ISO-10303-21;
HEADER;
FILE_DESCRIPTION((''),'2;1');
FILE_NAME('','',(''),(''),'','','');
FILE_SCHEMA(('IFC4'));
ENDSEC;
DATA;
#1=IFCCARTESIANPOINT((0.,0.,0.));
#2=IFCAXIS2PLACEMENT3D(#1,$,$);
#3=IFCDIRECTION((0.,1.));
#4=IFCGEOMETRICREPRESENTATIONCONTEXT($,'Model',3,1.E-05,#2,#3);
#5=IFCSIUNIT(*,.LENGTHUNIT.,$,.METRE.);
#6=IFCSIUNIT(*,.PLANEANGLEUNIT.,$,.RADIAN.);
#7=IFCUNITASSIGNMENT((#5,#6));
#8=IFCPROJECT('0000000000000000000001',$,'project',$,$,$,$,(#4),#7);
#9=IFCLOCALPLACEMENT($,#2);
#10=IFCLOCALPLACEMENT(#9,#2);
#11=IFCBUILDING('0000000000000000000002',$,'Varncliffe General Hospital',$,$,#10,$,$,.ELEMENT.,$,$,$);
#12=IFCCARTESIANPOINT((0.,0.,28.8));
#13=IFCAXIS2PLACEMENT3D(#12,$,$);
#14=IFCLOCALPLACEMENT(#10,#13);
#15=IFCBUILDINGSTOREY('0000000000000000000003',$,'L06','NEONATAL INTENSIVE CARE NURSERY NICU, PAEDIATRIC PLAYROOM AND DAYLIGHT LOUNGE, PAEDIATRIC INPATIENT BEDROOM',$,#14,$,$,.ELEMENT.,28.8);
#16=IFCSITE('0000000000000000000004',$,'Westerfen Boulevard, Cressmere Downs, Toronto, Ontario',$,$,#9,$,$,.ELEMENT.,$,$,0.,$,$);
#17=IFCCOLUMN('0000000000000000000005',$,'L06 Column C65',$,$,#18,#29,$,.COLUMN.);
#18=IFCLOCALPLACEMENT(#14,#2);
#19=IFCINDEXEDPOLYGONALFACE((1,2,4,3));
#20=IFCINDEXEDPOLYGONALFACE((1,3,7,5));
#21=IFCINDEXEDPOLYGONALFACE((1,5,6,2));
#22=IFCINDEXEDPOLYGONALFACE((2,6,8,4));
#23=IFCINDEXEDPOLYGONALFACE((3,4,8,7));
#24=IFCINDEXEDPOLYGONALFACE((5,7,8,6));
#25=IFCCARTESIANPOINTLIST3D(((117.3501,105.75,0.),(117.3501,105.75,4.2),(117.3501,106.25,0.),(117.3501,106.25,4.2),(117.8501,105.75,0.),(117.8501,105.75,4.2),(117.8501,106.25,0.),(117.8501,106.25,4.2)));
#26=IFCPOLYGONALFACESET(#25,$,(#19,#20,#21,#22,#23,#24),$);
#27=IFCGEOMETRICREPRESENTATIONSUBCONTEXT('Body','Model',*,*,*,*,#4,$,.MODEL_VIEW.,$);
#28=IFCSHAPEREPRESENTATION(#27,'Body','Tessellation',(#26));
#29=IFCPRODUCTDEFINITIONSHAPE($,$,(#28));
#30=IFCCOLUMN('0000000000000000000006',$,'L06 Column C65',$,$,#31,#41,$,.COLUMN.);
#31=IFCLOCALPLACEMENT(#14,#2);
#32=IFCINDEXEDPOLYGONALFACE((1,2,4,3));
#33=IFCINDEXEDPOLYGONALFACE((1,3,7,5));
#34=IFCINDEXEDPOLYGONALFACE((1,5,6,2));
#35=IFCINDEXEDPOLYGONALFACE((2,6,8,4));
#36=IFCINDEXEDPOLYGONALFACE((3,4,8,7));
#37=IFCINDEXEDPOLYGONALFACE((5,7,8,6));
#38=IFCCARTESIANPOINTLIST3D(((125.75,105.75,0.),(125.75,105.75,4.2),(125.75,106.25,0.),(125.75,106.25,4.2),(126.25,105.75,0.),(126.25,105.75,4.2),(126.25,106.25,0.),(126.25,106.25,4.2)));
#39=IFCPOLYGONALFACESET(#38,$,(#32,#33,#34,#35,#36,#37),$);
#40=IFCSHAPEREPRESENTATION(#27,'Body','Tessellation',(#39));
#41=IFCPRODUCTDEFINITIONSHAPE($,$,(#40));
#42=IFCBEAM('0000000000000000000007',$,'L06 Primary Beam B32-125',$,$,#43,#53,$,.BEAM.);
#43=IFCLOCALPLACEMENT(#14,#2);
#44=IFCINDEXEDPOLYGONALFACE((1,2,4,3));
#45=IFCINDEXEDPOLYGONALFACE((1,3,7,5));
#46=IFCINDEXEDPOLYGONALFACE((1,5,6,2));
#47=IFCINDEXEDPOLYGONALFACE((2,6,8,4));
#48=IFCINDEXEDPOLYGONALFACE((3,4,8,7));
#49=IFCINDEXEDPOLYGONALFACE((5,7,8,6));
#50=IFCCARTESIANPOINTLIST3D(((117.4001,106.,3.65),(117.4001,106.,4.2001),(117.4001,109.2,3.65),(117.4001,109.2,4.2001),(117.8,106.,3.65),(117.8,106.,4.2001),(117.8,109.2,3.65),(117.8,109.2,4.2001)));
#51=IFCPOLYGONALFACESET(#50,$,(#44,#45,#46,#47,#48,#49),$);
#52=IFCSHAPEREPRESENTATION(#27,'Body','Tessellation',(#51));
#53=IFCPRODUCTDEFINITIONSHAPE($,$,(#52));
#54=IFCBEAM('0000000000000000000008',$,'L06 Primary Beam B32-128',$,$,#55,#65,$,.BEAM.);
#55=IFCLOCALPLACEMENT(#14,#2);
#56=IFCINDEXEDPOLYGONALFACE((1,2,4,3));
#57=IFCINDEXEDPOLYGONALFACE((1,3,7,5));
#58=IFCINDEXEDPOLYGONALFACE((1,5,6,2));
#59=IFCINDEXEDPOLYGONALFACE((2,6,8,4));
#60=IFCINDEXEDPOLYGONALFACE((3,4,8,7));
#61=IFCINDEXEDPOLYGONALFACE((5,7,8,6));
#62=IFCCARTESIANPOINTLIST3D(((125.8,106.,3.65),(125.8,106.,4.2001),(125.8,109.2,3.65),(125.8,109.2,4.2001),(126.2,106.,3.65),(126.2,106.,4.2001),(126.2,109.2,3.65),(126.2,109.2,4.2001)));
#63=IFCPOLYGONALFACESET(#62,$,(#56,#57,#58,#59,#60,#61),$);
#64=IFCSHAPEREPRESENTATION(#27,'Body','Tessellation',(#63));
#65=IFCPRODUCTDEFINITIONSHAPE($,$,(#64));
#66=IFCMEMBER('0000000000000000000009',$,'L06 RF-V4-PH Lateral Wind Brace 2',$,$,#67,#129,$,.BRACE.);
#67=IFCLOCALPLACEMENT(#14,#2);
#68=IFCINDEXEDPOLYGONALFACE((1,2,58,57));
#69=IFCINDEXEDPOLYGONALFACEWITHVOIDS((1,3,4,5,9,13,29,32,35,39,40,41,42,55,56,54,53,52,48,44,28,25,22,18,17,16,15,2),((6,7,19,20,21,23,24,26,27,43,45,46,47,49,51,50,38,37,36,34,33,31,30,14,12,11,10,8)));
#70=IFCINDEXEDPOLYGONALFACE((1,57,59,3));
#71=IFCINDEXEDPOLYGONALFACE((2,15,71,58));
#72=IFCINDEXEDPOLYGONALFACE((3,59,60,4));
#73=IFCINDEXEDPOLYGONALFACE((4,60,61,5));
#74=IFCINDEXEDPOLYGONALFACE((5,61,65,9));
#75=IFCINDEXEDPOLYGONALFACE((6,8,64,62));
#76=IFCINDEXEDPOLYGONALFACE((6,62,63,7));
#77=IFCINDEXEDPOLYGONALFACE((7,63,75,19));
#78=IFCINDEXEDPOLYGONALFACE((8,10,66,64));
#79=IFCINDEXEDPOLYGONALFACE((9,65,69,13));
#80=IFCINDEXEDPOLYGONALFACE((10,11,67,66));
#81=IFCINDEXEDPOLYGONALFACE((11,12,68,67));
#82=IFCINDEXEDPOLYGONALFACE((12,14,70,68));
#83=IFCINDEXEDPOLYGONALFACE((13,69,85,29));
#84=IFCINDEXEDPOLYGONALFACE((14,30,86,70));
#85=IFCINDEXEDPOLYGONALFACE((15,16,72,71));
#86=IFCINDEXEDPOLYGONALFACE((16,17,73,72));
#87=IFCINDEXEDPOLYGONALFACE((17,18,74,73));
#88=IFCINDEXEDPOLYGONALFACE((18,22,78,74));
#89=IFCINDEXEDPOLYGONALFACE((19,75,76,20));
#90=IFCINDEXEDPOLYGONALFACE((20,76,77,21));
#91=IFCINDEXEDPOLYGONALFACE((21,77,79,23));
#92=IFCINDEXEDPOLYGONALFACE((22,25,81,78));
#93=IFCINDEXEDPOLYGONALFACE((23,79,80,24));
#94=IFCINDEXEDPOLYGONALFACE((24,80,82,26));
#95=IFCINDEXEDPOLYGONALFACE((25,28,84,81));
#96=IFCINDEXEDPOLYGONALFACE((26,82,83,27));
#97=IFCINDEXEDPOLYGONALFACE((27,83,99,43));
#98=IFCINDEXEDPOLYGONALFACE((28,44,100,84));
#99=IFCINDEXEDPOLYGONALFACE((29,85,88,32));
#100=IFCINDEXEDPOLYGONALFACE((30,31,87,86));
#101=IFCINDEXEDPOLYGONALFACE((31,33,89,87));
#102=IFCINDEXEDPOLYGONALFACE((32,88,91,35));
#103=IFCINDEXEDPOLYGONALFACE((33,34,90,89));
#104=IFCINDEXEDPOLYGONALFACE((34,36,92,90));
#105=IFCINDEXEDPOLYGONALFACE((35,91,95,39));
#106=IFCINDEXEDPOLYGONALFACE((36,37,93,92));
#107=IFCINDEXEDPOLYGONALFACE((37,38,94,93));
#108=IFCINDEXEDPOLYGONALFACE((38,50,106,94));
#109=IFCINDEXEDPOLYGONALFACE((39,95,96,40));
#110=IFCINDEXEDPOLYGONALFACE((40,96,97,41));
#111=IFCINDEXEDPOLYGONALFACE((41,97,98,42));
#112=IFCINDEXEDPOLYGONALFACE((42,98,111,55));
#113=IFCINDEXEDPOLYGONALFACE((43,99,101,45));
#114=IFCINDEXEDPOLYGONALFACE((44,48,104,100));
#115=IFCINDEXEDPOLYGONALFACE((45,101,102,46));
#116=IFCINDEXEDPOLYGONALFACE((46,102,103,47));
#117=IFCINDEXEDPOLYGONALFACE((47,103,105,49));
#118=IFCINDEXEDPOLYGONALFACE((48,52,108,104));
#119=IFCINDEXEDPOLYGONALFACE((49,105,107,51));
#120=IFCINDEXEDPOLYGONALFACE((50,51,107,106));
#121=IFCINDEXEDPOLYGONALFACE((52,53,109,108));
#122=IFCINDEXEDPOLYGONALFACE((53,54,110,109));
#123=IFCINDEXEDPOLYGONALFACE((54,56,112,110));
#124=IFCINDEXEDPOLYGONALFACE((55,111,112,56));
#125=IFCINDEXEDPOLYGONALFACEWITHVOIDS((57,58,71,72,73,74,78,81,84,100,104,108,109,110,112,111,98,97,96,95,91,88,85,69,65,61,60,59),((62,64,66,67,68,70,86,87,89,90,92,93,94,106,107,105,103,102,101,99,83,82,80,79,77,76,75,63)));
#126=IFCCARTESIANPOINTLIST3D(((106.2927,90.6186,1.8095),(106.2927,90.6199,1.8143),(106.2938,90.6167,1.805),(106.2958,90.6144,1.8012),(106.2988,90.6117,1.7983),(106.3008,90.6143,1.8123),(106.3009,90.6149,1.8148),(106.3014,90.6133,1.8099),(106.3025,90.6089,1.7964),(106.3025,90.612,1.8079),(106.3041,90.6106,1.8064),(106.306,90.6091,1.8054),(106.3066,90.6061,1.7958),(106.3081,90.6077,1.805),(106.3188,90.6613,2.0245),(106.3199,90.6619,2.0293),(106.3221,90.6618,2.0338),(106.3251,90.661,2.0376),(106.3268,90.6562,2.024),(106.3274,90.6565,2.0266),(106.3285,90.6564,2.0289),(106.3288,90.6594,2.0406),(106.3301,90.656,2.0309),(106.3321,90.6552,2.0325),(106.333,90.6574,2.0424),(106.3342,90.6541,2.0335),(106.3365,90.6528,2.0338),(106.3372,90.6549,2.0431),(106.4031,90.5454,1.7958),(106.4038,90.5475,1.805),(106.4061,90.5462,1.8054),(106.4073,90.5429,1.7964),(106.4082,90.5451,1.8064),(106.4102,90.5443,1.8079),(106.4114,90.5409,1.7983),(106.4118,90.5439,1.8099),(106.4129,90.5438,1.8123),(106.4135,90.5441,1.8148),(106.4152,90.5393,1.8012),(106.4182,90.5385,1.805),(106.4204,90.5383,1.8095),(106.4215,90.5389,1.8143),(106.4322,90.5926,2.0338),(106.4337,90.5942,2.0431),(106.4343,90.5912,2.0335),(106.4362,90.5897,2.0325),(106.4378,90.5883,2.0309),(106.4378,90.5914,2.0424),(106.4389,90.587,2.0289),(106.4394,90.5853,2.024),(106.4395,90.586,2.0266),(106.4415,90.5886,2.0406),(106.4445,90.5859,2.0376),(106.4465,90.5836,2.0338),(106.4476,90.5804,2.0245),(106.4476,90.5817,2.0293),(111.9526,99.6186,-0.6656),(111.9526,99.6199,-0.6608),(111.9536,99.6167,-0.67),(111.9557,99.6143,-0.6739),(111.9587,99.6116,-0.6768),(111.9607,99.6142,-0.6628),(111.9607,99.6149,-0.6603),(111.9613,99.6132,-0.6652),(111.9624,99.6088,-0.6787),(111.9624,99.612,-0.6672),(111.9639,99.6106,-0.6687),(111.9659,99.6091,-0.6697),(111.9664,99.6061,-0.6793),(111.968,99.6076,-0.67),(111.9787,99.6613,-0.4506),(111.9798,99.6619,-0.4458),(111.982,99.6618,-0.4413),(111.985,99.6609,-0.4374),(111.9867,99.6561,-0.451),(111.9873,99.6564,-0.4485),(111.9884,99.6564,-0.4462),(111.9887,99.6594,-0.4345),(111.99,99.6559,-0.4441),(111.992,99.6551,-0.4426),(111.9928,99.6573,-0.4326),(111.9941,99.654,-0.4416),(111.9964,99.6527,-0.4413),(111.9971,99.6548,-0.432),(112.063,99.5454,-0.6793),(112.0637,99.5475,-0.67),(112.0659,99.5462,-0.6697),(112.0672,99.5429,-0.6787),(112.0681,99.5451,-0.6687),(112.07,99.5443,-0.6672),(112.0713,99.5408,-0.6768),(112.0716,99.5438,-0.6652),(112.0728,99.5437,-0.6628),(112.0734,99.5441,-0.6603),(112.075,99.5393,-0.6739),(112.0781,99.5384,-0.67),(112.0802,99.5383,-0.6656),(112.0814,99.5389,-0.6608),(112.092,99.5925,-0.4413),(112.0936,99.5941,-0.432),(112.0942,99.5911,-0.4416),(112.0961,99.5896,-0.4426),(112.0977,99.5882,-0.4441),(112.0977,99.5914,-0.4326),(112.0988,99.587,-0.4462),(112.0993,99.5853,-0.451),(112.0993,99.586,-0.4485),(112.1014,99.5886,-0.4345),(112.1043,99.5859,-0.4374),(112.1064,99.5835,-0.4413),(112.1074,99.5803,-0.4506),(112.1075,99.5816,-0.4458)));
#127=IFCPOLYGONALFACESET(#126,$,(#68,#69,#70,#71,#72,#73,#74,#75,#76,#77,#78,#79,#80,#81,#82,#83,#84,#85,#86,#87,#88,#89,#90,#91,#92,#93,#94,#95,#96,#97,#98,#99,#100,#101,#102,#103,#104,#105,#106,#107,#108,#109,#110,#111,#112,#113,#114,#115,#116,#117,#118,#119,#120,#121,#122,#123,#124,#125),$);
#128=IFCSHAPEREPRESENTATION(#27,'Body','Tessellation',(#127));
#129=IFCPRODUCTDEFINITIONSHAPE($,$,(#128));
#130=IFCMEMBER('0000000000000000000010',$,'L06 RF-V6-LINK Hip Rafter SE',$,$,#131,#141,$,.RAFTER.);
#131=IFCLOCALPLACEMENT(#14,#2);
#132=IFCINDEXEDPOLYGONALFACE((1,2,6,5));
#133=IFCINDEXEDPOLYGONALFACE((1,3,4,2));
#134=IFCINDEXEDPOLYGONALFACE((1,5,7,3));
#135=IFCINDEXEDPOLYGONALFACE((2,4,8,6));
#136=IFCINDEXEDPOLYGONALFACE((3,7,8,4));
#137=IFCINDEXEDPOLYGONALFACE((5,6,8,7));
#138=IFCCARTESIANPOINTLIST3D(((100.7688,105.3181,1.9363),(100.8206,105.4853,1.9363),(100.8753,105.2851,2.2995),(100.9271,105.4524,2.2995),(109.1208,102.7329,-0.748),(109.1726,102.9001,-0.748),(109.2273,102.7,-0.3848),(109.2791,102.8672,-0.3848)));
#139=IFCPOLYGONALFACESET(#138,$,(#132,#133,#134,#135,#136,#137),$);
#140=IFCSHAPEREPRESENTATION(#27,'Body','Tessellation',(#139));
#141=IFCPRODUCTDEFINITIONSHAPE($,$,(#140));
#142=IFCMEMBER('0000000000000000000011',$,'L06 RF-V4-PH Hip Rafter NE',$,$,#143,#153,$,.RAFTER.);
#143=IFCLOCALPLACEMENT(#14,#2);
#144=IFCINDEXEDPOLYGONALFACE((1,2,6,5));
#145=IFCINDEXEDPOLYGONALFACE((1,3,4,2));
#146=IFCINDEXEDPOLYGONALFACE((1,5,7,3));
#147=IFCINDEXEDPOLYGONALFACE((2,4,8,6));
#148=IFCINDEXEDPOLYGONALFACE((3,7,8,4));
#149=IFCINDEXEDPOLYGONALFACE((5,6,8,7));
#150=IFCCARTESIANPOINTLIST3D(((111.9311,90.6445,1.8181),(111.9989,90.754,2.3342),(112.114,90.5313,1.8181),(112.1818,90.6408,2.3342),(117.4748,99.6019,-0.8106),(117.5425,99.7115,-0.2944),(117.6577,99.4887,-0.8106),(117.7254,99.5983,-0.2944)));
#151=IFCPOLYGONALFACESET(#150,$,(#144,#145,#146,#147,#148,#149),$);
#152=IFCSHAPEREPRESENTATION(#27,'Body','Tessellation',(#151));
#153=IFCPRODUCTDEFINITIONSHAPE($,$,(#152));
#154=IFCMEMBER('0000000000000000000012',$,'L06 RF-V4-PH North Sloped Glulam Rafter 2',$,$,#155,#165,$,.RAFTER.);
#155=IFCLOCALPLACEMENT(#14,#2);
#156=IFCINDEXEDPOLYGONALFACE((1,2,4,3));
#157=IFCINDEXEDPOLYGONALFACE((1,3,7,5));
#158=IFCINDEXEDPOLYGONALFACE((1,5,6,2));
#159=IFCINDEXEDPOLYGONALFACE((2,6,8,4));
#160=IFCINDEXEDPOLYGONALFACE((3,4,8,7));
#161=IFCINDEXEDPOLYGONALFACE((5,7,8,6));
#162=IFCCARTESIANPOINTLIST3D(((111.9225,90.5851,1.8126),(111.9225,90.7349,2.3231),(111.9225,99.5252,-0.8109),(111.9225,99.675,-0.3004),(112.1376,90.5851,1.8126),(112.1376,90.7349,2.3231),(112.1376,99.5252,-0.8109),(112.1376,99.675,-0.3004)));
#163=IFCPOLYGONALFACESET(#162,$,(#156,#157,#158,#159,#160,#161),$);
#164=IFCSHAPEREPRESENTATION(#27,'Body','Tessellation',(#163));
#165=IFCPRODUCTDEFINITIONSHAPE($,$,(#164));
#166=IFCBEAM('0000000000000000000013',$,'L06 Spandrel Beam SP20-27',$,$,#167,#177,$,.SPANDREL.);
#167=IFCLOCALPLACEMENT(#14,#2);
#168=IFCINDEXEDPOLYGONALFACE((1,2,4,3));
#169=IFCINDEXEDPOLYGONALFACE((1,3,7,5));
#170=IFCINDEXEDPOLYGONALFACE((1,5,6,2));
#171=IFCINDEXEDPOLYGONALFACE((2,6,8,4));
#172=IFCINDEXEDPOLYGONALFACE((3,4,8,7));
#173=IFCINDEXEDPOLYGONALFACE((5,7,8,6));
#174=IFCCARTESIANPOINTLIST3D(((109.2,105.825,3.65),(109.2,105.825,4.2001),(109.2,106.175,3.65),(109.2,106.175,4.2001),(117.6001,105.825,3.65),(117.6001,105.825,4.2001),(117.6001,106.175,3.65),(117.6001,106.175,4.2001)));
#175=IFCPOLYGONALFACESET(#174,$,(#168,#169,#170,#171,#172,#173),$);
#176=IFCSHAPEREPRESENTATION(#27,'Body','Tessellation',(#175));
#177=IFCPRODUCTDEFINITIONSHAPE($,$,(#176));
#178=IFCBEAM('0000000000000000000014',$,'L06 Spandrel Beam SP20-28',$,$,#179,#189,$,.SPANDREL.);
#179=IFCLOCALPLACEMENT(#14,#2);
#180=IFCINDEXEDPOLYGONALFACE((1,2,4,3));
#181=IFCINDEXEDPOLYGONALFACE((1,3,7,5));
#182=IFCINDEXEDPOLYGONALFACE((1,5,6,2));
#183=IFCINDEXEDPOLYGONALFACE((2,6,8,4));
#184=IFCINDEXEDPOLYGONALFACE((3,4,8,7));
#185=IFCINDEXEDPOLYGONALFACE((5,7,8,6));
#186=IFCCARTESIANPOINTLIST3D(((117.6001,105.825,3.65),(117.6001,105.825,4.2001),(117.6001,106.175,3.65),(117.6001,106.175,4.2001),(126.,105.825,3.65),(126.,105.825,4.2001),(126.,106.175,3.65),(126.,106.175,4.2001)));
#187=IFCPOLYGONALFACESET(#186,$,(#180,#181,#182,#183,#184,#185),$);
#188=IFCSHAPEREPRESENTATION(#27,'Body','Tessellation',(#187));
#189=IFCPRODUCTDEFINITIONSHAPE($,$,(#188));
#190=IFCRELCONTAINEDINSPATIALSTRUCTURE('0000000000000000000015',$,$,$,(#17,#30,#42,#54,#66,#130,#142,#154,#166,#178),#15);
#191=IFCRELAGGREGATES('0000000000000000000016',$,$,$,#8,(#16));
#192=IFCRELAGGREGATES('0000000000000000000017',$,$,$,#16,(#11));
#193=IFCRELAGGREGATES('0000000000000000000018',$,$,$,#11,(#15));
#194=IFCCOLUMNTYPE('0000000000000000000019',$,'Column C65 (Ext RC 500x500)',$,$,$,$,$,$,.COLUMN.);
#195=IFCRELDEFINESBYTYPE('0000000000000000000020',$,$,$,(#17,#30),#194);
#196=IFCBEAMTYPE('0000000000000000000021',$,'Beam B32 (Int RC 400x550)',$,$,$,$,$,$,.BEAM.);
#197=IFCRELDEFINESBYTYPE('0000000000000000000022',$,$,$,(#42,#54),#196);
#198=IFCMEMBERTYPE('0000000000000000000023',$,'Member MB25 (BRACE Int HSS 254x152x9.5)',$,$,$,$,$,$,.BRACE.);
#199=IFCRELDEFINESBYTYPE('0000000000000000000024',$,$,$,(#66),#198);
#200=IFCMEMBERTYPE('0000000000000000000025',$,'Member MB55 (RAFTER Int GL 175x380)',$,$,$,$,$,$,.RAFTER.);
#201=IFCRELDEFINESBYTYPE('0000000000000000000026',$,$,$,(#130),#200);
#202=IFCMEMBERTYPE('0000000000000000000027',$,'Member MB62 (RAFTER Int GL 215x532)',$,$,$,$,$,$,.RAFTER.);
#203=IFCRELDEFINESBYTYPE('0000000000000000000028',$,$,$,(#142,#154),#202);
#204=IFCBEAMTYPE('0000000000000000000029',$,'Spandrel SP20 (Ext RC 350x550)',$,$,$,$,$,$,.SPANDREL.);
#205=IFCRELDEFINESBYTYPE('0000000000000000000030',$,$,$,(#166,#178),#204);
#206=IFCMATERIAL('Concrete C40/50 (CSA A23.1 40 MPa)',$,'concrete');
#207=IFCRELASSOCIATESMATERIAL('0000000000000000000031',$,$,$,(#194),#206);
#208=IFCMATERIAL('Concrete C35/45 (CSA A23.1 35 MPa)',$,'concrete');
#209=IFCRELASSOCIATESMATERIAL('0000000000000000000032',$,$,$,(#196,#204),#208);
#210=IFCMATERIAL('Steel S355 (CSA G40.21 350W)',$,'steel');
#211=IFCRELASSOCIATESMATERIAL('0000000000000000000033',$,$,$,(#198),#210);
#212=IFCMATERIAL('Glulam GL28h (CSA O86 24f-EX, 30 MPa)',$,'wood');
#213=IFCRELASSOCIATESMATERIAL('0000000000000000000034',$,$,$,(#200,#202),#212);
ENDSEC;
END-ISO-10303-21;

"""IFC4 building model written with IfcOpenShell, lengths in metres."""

from ifc_helpers import new_model, si_unit, direction, frame, origin, origin_2d, place, context, subcontext, project, spatial, rectangle, hollow_rectangle, extrude, material, material_profile, profile_set, type_object, element, save


model = new_model("IFC4")

# Units and contexts
model_context = context("Model", 3, precision=1e-05, world=origin(), true_north=direction((0.0, 1.0)))
body_context = subcontext(model_context, "Body", "Model", "MODEL_VIEW")
ifc_project = project(units=[si_unit("LENGTHUNIT", "METRE"), si_unit("PLANEANGLEUNIT", "RADIAN")], contexts=[model_context])

# Site, building, storey
site_placement = place(None, origin())
site = spatial("IfcSite", under=ifc_project, at=site_placement, Name="Westerfen Boulevard, Cressmere Downs, Toronto, Ontario", CompositionType="ELEMENT", RefElevation=0.0)
building_placement = place(site_placement, origin())
building = spatial("IfcBuilding", under=site, at=building_placement, Name="Varncliffe General Hospital", CompositionType="ELEMENT")
storey_placement = place(building_placement, frame((0.0, 0.0, 28.8)))
storey = spatial("IfcBuildingStorey", under=building, at=storey_placement, Name="L06", Description="NEONATAL INTENSIVE CARE NURSERY NICU, PAEDIATRIC PLAYROOM AND DAYLIGHT LOUNGE, PAEDIATRIC INPATIENT BEDROOM", CompositionType="ELEMENT", Elevation=28.8)

# Columns
ifc_material_1 = material(Name="Concrete C40/50 (CSA A23.1 40 MPa)", Category="concrete")
ifc_material_profile_1 = material_profile(ifc_material_1, rectangle(XDim=0.5, YDim=0.5, at=origin_2d()), Name="RC 500x500")
ifc_profile_set_1 = profile_set([ifc_material_profile_1], Name="Concrete C40/50 (CSA A23.1 40 MPa)")
column_type = type_object("IfcColumnType", Name="Column C65 (Ext RC 500x500)", PredefinedType="COLUMN", material=ifc_profile_set_1)
for number, where, z_axis, x_axis, name in (
    (1, (117.6001, 106.0, 0.0), (0.0, 0.0, 1.0), (1.0, 0.0, 0.0), "L06 Column C65"),
    (2, (126.0, 106.0, 0.0), (0.0, 0.0, 1.0), (1.0, 0.0, 0.0), "L06 Column C65"),
):
    element("IfcColumn", number, at=place(storey_placement, frame(where, z_axis=z_axis, x_axis=x_axis)), inside=storey, type_object=column_type, Name=name, PredefinedType="COLUMN", context=body_context, shape_type="SweptSolid", body=[
        extrude(rectangle(XDim=0.5, YDim=0.5, at=origin_2d()), origin(), (0.0, 0.0, 1.0), 4.2),
    ])

# Beams
ifc_material_2 = material(Name="Concrete C35/45 (CSA A23.1 35 MPa)", Category="concrete")
ifc_material_profile_2 = material_profile(ifc_material_2, rectangle(XDim=0.3999, YDim=0.55, at=origin_2d()), Name="RC 400x550")
ifc_profile_set_2 = profile_set([ifc_material_profile_2], Name="Concrete C35/45 (CSA A23.1 35 MPa)")
beam_type_1 = type_object("IfcBeamType", Name="Beam B32 (Int RC 400x550)", PredefinedType="BEAM", material=ifc_profile_set_2)
for number, where, z_axis, x_axis, name in (
    (3, (117.6001, 106.0, 3.925), (0.0, 1.0, 0.0), (-1.0, 0.0, 0.0), "L06 Primary Beam B32-125"),
    (4, (126.0, 106.0, 3.925), (0.0, 1.0, 0.0), (-1.0, 0.0, 0.0), "L06 Primary Beam B32-128"),
):
    element("IfcBeam", number, at=place(storey_placement, frame(where, z_axis=z_axis, x_axis=x_axis)), inside=storey, type_object=beam_type_1, Name=name, PredefinedType="BEAM", context=body_context, shape_type="SweptSolid", body=[
        extrude(rectangle(XDim=0.3999, YDim=0.55, at=origin_2d()), origin(), (0.0, 0.0, 1.0), 3.2),
    ])

# Members
ifc_material_3 = material(Name="Steel S355 (CSA G40.21 350W)", Category="steel")
ifc_material_profile_3 = material_profile(ifc_material_3, hollow_rectangle(XDim=0.1521, YDim=0.2539, WallThickness=0.0095, InnerFilletRadius=0.01, OuterFilletRadius=0.019, at=origin_2d()), Name="HSS 254x152x9.5")
ifc_profile_set_3 = profile_set([ifc_material_profile_3], Name="Steel S355 (CSA G40.21 350W)")
member_type_1 = type_object("IfcMemberType", Name="Member MB25 (BRACE Int HSS 254x152x9.5)", PredefinedType="BRACE", material=ifc_profile_set_3)
member_1_placement = place(storey_placement, frame((112.03, 99.6001, -0.5557), z_axis=(-0.518493, -0.824472, 0.226739), x_axis=(0.846519, -0.532358, 0.0)))
element("IfcMember", 5, at=member_1_placement, inside=storey, type_object=member_type_1, Name="L06 RF-V4-PH Lateral Wind Brace 2", PredefinedType="BRACE", context=body_context, shape_type="SweptSolid", body=[
    extrude(hollow_rectangle(XDim=0.1521, YDim=0.2539, WallThickness=0.0095, InnerFilletRadius=0.01, OuterFilletRadius=0.019, at=origin_2d()), origin(), (0.0, 0.0, 1.0), 10.916),
])
ifc_material_4 = material(Name="Glulam GL28h (CSA O86 24f-EX, 30 MPa)", Category="wood")
ifc_material_profile_4 = material_profile(ifc_material_4, rectangle(XDim=0.175, YDim=0.3799, at=origin_2d()), Name="GL 175x380")
ifc_profile_set_4 = profile_set([ifc_material_profile_4], Name="Glulam GL28h (CSA O86 24f-EX, 30 MPa)")
member_type_2 = type_object("IfcMemberType", Name="Member MB55 (RAFTER Int GL 175x380)", PredefinedType="RAFTER", material=ifc_profile_set_4)
member_2_placement = place(storey_placement, frame((109.2, 102.8, -0.5664), z_axis=(-0.913212, 0.282666, 0.293504), x_axis=(-0.295689, -0.955284, 0.0)))
element("IfcMember", 6, at=member_2_placement, inside=storey, type_object=member_type_2, Name="L06 RF-V6-LINK Hip Rafter SE", PredefinedType="RAFTER", context=body_context, shape_type="SweptSolid", body=[
    extrude(rectangle(XDim=0.175, YDim=0.3799, at=origin_2d()), origin(), (0.0, 0.0, 1.0), 9.1458),
])
ifc_material_profile_5 = material_profile(ifc_material_4, rectangle(XDim=0.2151, YDim=0.532, at=origin_2d()), Name="GL 215x532")
ifc_profile_set_5 = profile_set([ifc_material_profile_5], Name="Glulam GL28h (CSA O86 24f-EX, 30 MPa)")
member_type_3 = type_object("IfcMemberType", Name="Member MB62 (RAFTER Int GL 215x532)", PredefinedType="RAFTER", material=ifc_profile_set_5)
member_3_placement = place(storey_placement, frame((117.6001, 99.6001, -0.5525), z_axis=(-0.5106, -0.825027, 0.242111), x_axis=(0.850326, -0.526256, 0.0)))
element("IfcMember", 7, at=member_3_placement, inside=storey, type_object=member_type_3, Name="L06 RF-V4-PH Hip Rafter NE", PredefinedType="RAFTER", context=body_context, shape_type="SweptSolid", body=[
    extrude(rectangle(XDim=0.2151, YDim=0.532, at=origin_2d()), origin(), (0.0, 0.0, 1.0), 10.8572),
])
member_4_placement = place(storey_placement, frame((112.03, 99.6001, -0.5557), z_axis=(0.0, -0.959538, 0.28158), x_axis=(1.0, 0.0, 0.0)))
element("IfcMember", 8, at=member_4_placement, inside=storey, type_object=member_type_3, Name="L06 RF-V4-PH North Sloped Glulam Rafter 2", PredefinedType="RAFTER", context=body_context, shape_type="SweptSolid", body=[
    extrude(rectangle(XDim=0.2151, YDim=0.532, at=origin_2d()), origin(), (0.0, 0.0, 1.0), 9.3171),
])

# Beams
ifc_material_profile_6 = material_profile(ifc_material_2, rectangle(XDim=0.3501, YDim=0.55, at=origin_2d()), Name="RC 350x550")
ifc_profile_set_6 = profile_set([ifc_material_profile_6], Name="Concrete C35/45 (CSA A23.1 35 MPa)")
beam_type_2 = type_object("IfcBeamType", Name="Spandrel SP20 (Ext RC 350x550)", PredefinedType="SPANDREL", material=ifc_profile_set_6)
beam_1_placement = place(storey_placement, frame((109.2, 106.0, 3.925), z_axis=(1.0, 0.0, 0.0), x_axis=(0.0, 1.0, 0.0)))
element("IfcBeam", 9, at=beam_1_placement, inside=storey, type_object=beam_type_2, Name="L06 Spandrel Beam SP20-27", PredefinedType="SPANDREL", context=body_context, shape_type="SweptSolid", body=[
    extrude(rectangle(XDim=0.3501, YDim=0.55, at=origin_2d()), origin(), (0.0, 0.0, 1.0), 8.4001),
])
for number, where, z_axis, x_axis, name in (
    (10, (117.6001, 106.0, 3.925), (1.0, 0.0, 0.0), (0.0, 1.0, 0.0), "L06 Spandrel Beam SP20-28"),
):
    element("IfcBeam", number, at=place(storey_placement, frame(where, z_axis=z_axis, x_axis=x_axis)), inside=storey, type_object=beam_type_2, Name=name, PredefinedType="SPANDREL", context=body_context, shape_type="SweptSolid", body=[
        extrude(rectangle(XDim=0.3501, YDim=0.55, at=origin_2d()), origin(), (0.0, 0.0, 1.0), 8.3999),
    ])

save(model, "model.ifc")
